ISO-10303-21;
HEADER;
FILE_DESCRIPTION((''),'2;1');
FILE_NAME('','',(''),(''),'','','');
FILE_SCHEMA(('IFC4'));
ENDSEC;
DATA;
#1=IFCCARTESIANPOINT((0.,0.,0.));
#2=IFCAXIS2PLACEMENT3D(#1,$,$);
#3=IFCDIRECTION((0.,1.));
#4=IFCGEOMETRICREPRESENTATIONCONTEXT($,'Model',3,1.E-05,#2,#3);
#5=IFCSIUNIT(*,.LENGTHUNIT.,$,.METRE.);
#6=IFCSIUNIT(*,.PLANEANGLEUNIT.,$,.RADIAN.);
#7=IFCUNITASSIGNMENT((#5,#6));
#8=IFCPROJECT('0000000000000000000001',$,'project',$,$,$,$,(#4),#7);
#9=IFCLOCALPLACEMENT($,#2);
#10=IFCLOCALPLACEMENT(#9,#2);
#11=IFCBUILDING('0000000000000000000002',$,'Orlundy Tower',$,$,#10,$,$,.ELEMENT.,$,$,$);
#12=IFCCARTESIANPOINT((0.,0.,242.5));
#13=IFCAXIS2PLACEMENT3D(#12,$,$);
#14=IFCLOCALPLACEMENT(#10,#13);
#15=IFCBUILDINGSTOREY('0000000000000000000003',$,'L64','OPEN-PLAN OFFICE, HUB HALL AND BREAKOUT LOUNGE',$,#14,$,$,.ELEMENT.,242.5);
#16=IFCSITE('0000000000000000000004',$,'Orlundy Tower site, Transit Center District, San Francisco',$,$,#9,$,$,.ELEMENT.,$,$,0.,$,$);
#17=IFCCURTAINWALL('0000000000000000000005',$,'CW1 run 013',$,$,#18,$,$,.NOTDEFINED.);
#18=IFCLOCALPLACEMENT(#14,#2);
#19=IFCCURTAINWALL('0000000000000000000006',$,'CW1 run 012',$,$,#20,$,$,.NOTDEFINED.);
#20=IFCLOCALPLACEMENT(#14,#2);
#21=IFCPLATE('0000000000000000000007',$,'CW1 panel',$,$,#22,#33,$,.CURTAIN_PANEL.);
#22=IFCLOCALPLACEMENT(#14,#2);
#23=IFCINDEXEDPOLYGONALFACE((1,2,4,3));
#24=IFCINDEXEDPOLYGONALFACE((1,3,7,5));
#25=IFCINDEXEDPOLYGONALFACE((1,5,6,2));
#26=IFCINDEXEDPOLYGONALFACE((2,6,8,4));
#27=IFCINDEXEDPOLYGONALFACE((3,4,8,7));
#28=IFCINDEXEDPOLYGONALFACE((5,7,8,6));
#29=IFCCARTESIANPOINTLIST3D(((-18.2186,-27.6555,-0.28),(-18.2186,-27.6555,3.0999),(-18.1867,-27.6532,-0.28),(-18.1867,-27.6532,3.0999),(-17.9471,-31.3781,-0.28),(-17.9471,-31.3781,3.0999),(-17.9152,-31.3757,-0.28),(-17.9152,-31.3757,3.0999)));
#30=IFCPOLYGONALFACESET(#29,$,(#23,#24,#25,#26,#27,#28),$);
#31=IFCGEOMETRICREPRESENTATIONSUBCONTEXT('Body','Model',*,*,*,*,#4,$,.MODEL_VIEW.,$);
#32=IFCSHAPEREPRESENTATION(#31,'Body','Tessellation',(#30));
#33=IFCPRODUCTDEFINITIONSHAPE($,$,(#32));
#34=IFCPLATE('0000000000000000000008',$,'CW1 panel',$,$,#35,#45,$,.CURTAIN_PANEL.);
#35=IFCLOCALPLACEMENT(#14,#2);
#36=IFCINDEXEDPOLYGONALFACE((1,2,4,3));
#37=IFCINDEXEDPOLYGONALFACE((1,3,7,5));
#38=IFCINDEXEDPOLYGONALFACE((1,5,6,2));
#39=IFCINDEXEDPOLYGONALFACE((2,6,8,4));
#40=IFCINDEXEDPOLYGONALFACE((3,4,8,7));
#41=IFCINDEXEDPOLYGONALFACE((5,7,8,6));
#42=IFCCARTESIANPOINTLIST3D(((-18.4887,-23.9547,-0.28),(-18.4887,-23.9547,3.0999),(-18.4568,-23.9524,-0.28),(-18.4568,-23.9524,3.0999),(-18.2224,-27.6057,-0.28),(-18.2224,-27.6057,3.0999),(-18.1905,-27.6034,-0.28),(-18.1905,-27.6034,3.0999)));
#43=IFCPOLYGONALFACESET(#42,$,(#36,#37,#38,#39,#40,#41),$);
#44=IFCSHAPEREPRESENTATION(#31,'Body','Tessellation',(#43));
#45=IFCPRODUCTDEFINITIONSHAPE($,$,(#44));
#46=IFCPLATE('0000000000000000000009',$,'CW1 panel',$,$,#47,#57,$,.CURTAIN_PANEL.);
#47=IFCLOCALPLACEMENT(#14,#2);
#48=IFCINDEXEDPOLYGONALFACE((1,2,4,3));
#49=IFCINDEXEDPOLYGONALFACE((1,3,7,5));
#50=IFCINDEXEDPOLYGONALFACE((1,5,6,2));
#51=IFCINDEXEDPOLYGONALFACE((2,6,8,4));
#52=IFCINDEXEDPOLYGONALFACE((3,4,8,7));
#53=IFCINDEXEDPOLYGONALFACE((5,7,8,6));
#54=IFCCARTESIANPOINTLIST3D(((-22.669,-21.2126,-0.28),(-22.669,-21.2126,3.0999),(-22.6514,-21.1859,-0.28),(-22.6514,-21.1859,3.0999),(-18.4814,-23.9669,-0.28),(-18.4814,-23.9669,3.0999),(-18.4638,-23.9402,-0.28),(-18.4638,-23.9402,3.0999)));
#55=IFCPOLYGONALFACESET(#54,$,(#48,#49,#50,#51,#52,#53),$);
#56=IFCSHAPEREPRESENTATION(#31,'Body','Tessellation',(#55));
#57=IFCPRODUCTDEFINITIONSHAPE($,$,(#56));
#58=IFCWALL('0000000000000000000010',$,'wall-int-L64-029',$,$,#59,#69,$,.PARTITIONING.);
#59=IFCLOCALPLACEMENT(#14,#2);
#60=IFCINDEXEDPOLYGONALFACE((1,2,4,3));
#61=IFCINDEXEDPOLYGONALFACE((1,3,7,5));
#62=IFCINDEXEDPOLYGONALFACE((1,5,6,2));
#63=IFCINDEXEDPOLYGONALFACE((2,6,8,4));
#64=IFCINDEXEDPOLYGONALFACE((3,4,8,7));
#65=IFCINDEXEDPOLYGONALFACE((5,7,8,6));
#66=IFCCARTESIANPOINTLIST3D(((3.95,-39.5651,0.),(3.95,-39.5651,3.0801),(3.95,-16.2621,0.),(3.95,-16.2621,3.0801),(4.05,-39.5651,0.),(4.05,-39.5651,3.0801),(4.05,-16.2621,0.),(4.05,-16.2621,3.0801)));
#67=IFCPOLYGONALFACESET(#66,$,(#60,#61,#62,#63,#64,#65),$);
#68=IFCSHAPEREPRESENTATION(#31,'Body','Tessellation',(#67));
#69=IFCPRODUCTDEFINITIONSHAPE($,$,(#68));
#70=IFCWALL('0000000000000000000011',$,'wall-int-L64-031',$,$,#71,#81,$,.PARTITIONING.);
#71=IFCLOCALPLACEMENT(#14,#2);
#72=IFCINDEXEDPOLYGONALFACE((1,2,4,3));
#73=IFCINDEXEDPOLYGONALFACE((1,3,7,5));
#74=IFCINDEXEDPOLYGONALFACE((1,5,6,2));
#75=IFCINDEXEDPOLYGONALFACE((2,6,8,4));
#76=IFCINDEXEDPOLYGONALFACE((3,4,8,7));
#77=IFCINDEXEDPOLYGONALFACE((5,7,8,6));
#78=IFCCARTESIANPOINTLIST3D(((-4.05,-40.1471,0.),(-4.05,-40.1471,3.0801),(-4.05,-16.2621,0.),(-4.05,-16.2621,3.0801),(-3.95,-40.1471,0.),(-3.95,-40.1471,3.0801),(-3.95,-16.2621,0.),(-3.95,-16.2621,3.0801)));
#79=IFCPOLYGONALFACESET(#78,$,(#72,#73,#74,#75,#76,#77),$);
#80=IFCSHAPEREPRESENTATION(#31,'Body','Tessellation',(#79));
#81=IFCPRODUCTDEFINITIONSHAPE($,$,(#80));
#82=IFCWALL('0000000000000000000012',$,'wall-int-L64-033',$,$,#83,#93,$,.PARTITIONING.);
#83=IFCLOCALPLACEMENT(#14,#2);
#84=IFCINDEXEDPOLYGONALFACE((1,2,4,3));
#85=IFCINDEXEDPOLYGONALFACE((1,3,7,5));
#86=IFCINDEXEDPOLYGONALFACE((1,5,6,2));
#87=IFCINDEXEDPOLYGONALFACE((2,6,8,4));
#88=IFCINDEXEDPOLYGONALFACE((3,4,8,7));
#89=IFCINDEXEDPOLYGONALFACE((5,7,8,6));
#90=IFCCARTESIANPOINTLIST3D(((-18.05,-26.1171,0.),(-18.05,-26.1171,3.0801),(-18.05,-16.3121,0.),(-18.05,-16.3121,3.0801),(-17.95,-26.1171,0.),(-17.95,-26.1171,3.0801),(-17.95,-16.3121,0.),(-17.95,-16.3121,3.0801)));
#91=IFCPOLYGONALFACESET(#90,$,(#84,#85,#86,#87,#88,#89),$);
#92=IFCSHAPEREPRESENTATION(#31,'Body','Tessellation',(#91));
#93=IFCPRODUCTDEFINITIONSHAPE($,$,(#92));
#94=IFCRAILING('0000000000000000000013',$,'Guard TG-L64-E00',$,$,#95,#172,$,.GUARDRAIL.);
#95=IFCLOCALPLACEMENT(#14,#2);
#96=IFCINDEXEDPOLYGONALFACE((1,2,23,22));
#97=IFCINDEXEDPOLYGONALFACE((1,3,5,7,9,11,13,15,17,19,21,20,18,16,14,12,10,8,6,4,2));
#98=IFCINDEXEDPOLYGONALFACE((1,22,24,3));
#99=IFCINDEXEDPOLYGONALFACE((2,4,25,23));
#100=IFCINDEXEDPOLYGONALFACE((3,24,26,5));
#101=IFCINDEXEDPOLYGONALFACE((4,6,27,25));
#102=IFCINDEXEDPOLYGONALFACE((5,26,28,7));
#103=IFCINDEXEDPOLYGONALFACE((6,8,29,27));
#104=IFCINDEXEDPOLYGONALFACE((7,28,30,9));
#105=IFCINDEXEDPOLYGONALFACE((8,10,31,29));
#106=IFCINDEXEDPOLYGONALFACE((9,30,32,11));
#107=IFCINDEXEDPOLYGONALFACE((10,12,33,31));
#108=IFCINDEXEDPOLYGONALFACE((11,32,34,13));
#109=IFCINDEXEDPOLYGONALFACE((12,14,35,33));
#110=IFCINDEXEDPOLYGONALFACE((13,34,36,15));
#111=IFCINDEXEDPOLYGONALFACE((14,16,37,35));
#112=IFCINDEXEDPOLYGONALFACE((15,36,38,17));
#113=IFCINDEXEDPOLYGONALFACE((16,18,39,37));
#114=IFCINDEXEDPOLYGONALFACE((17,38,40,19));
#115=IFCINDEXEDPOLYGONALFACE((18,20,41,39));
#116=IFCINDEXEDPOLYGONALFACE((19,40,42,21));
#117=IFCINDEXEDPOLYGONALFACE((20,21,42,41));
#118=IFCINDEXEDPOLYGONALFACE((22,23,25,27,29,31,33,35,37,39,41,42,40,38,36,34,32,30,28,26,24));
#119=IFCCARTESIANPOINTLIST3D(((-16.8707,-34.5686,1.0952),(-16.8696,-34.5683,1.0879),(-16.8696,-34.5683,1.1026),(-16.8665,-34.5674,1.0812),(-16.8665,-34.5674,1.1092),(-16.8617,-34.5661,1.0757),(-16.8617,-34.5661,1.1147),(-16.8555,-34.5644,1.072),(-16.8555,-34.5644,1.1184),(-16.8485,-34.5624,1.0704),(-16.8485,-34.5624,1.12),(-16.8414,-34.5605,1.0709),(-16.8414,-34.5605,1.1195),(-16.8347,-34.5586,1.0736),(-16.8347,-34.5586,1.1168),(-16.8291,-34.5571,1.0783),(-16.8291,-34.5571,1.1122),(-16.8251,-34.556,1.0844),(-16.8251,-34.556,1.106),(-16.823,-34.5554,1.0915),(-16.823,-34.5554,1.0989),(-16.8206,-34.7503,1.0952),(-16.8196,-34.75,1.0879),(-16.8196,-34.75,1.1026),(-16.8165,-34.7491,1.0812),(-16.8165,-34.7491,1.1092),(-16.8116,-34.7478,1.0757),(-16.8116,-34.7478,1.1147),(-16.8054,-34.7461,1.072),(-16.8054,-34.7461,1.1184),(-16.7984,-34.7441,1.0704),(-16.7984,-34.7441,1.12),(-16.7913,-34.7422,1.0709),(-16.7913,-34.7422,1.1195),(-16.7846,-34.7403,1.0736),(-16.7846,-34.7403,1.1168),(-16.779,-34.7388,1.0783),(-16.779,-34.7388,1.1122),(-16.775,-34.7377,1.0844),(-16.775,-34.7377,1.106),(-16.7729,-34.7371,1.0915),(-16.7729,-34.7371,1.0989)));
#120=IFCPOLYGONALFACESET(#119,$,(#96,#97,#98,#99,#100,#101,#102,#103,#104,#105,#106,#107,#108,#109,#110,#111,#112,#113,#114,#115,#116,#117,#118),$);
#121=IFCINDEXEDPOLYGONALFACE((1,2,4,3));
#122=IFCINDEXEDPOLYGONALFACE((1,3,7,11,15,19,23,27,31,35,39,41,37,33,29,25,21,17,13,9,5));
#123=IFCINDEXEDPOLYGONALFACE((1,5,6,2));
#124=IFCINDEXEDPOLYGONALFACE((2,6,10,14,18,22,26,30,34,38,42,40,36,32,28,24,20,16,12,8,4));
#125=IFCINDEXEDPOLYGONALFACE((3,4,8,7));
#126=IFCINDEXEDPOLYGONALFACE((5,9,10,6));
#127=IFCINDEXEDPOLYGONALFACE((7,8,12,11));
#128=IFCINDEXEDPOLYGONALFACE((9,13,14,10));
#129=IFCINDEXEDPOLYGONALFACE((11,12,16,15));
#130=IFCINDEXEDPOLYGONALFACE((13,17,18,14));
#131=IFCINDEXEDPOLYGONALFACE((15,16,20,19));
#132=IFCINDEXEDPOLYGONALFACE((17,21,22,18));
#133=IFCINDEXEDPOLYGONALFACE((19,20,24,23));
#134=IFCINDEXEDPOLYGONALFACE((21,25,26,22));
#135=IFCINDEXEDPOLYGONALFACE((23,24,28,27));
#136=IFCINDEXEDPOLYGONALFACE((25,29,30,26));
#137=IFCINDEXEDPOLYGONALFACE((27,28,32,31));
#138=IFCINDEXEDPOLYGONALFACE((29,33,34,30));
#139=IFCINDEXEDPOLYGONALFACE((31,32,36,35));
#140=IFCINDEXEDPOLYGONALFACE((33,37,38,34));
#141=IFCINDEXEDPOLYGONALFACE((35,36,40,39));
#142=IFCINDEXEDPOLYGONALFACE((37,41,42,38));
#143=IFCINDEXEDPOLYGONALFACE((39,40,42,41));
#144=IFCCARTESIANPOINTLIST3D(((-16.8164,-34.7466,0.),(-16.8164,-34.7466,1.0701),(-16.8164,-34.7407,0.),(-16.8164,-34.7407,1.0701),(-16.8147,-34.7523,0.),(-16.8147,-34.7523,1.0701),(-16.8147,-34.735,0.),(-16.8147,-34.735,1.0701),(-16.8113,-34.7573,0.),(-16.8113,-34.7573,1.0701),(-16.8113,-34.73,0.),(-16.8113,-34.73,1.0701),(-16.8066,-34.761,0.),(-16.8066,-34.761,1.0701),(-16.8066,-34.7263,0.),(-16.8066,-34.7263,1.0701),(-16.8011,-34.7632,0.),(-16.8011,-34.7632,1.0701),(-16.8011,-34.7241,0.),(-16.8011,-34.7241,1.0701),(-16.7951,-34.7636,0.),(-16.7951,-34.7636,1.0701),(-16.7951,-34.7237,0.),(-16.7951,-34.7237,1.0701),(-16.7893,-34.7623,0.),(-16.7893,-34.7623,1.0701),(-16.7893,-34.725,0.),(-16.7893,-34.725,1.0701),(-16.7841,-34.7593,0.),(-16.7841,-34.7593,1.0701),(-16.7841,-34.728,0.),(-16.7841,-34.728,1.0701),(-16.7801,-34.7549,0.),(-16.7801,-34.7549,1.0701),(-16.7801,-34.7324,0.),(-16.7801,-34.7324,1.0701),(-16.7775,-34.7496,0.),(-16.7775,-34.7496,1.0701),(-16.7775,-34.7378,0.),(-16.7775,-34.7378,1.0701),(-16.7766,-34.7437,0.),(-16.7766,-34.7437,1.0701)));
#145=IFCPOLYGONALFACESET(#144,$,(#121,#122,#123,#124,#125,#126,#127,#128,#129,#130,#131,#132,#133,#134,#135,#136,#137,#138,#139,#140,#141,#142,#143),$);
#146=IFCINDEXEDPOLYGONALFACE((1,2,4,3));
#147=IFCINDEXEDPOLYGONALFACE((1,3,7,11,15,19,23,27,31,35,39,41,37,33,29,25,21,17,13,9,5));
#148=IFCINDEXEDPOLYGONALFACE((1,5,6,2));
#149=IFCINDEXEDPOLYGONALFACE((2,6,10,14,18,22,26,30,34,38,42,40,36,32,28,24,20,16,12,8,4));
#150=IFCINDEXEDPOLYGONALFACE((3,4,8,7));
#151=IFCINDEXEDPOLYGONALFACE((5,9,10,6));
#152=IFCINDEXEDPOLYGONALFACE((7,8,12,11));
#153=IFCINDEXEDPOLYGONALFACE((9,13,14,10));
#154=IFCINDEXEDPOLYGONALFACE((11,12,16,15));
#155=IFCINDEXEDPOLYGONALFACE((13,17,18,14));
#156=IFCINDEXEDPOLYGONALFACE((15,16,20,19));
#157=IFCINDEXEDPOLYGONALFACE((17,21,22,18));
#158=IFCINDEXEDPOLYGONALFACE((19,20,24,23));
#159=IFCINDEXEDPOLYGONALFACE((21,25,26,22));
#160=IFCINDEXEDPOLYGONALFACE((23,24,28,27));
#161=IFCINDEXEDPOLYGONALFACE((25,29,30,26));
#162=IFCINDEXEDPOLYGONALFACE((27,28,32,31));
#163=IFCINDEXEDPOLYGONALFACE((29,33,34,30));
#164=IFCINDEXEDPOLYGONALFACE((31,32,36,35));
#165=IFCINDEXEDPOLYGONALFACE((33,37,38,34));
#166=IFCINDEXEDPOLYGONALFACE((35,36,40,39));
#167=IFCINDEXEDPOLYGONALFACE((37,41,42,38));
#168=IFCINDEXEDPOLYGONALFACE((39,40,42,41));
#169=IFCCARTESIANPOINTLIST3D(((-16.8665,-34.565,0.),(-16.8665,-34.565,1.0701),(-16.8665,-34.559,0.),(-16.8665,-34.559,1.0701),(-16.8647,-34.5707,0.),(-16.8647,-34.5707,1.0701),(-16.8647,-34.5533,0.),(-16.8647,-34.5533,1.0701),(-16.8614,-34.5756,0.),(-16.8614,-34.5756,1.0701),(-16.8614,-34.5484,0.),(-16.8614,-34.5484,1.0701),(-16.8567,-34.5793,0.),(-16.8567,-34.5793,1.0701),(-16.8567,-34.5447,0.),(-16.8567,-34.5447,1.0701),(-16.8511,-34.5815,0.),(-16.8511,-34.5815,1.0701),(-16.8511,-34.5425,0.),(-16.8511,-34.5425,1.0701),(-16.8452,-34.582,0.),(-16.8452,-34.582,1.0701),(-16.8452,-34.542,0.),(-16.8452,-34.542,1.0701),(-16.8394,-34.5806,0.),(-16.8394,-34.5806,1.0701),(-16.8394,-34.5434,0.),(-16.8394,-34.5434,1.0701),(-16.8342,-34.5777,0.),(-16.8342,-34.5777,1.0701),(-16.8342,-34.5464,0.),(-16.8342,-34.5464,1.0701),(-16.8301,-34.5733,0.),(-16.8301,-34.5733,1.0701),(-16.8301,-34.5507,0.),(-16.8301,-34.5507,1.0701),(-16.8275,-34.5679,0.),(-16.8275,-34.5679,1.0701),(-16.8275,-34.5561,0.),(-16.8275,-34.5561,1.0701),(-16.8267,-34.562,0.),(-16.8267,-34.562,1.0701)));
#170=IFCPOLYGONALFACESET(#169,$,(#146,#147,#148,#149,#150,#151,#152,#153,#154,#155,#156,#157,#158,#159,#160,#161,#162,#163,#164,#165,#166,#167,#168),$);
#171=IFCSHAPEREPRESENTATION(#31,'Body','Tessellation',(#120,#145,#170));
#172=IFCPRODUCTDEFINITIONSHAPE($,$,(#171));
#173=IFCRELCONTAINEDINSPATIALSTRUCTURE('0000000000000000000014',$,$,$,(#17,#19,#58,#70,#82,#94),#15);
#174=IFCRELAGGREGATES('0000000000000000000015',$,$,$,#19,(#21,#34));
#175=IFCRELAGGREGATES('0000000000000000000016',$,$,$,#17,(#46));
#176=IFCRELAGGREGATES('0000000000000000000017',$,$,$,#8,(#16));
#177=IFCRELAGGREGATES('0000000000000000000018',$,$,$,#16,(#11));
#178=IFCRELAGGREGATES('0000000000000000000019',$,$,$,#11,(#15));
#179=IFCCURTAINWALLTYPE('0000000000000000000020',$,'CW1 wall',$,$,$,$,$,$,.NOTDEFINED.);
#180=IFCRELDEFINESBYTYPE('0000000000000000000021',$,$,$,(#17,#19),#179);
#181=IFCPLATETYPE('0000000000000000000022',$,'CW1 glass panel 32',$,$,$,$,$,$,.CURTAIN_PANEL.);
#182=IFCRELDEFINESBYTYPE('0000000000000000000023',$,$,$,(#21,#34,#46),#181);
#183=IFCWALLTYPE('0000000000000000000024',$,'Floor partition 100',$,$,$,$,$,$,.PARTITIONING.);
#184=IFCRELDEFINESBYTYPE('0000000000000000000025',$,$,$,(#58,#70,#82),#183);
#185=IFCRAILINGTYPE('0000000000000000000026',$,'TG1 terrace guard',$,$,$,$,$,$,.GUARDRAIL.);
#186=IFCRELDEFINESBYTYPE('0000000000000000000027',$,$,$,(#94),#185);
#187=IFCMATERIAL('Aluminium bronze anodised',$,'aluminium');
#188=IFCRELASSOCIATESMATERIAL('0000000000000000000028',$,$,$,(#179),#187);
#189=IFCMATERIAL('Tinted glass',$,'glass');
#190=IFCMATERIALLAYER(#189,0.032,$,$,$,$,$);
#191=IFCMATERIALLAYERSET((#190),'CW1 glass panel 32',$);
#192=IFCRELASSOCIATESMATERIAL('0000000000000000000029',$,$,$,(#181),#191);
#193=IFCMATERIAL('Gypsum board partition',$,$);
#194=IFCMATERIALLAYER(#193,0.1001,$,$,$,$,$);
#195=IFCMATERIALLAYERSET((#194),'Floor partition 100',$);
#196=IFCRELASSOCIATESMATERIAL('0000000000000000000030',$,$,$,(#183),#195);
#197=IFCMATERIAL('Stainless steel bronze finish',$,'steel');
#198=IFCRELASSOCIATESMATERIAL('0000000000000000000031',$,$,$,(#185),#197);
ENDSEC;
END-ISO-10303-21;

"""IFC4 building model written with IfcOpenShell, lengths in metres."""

from ifc_helpers import new_model, si_unit, direction, frame, frame_2d, origin, origin_2d, place, context, subcontext, project, spatial, rectangle, circle, extrude, material, layer, layer_set, type_object, element, aggregate, save


model = new_model("IFC4")

# Units and contexts
model_context = context("Model", 3, precision=1e-05, world=origin(), true_north=direction((0.0, 1.0)))
body_context = subcontext(model_context, "Body", "Model", "MODEL_VIEW")
ifc_project = project(units=[si_unit("LENGTHUNIT", "METRE"), si_unit("PLANEANGLEUNIT", "RADIAN")], contexts=[model_context])

# Site, building, storey
site_placement = place(None, origin())
site = spatial("IfcSite", under=ifc_project, at=site_placement, Name="Orlundy Tower site, Transit Center District, San Francisco", CompositionType="ELEMENT", RefElevation=0.0)
building_placement = place(site_placement, origin())
building = spatial("IfcBuilding", under=site, at=building_placement, Name="Orlundy Tower", CompositionType="ELEMENT")
storey_placement = place(building_placement, frame((0.0, 0.0, 242.5)))
storey = spatial("IfcBuildingStorey", under=building, at=storey_placement, Name="L64", Description="OPEN-PLAN OFFICE, HUB HALL AND BREAKOUT LOUNGE", CompositionType="ELEMENT", Elevation=242.5)

# Curtain wall
ifc_material_1 = material(Name="Aluminium bronze anodised", Category="aluminium")
curtain_wall_type = type_object("IfcCurtainWallType", Name="CW1 wall", PredefinedType="NOTDEFINED", material=ifc_material_1)
curtain_wall_1_placement = place(storey_placement, origin())
curtain_wall_1 = element("IfcCurtainWall", 1, at=curtain_wall_1_placement, inside=storey, type_object=curtain_wall_type, Name="CW1 run 013", PredefinedType="NOTDEFINED")

# Curtain wall
curtain_wall_2_placement = place(storey_placement, origin())
curtain_wall_2 = element("IfcCurtainWall", 2, at=curtain_wall_2_placement, inside=storey, type_object=curtain_wall_type, Name="CW1 run 012", PredefinedType="NOTDEFINED")

# Plates
ifc_material_2 = material(Name="Tinted glass", Category="glass")
ifc_layer_1 = layer(ifc_material_2, 0.032)
ifc_layer_set_1 = layer_set([ifc_layer_1], Name="CW1 glass panel 32")
plate_type = type_object("IfcPlateType", Name="CW1 glass panel 32", PredefinedType="CURTAIN_PANEL", material=ifc_layer_set_1)
plate_1_placement = place(storey_placement, frame((-18.0669, -29.5156, -0.28), z_axis=(0.0, 0.0, 1.0), x_axis=(-0.072747, 0.99735, 0.0)))
plate_1 = element("IfcPlate", 3, at=plate_1_placement, type_object=plate_type, Name="CW1 panel", PredefinedType="CURTAIN_PANEL", context=body_context, shape_type="SweptSolid", body=[
    extrude(rectangle(XDim=3.7324, YDim=0.032, at=origin_2d()), origin(), (0.0, 0.0, 1.0), 3.3799),
])
plate_2_placement = place(storey_placement, frame((-18.3396, -25.7791, -0.28), z_axis=(0.0, 0.0, 1.0), x_axis=(-0.072747, 0.99735, 0.0)))
plate_2 = element("IfcPlate", 4, at=plate_2_placement, type_object=plate_type, Name="CW1 panel", PredefinedType="CURTAIN_PANEL", context=body_context, shape_type="SweptSolid", body=[
    extrude(rectangle(XDim=3.6606, YDim=0.032, at=origin_2d()), origin(), (0.0, 0.0, 1.0), 3.3799),
])
aggregate(curtain_wall_2, [plate_1, plate_2])
plate_3_placement = place(storey_placement, frame((-20.5664, -22.5764, -0.28), z_axis=(0.0, 0.0, 1.0), x_axis=(-0.835476, 0.549527, 0.0)))
plate_3 = element("IfcPlate", 5, at=plate_3_placement, type_object=plate_type, Name="CW1 panel", PredefinedType="CURTAIN_PANEL", context=body_context, shape_type="SweptSolid", body=[
    extrude(rectangle(XDim=5.0122, YDim=0.032, at=origin_2d()), origin(), (0.0, 0.0, 1.0), 3.3799),
])
aggregate(curtain_wall_1, [plate_3])

# Walls
ifc_material_3 = material(Name="Gypsum board partition")
ifc_layer_2 = layer(ifc_material_3, 0.1001)
ifc_layer_set_2 = layer_set([ifc_layer_2], Name="Floor partition 100")
wall_type = type_object("IfcWallType", Name="Floor partition 100", PredefinedType="PARTITIONING", material=ifc_layer_set_2)
wall_1_placement = place(storey_placement, frame((4.0, -39.5649, 0.0), z_axis=(0.0, 0.0, 1.0), x_axis=(0.0, 1.0, 0.0)))
element("IfcWall", 6, at=wall_1_placement, inside=storey, type_object=wall_type, Name="wall-int-L64-029", PredefinedType="PARTITIONING", context=body_context, shape_type="SweptSolid", body=[
    extrude(rectangle(XDim=23.303, YDim=0.1001, at=frame_2d((11.6514, 0.0))), origin(), (0.0, 0.0, 1.0), 3.0801),
])
wall_2_placement = place(storey_placement, frame((-4.0, -40.147, 0.0), z_axis=(0.0, 0.0, 1.0), x_axis=(0.0, 1.0, 0.0)))
element("IfcWall", 7, at=wall_2_placement, inside=storey, type_object=wall_type, Name="wall-int-L64-031", PredefinedType="PARTITIONING", context=body_context, shape_type="SweptSolid", body=[
    extrude(rectangle(XDim=23.885, YDim=0.1001, at=frame_2d((11.9424, 0.0))), origin(), (0.0, 0.0, 1.0), 3.0801),
])
wall_3_placement = place(storey_placement, frame((-18.0, -26.1169, 0.0), z_axis=(0.0, 0.0, 1.0), x_axis=(0.0, 1.0, 0.0)))
element("IfcWall", 8, at=wall_3_placement, inside=storey, type_object=wall_type, Name="wall-int-L64-033", PredefinedType="PARTITIONING", context=body_context, shape_type="SweptSolid", body=[
    extrude(rectangle(XDim=9.8049, YDim=0.1001, at=frame_2d((4.9023, 0.0))), origin(), (0.0, 0.0, 1.0), 3.0801),
])

# Railing
ifc_material_4 = material(Name="Stainless steel bronze finish", Category="steel")
railing_type = type_object("IfcRailingType", Name="TG1 terrace guard", PredefinedType="GUARDRAIL", material=ifc_material_4)
railing_placement = place(storey_placement, frame((-16.7966, -34.7437, 0.0)))
element("IfcRailing", 9, at=railing_placement, inside=storey, type_object=railing_type, Name="Guard TG-L64-E00", PredefinedType="GUARDRAIL", context=body_context, shape_type="SweptSolid", body=[
    extrude(circle(Radius=0.0249, at=origin_2d()), frame((0.0, 0.0, 1.0952), z_axis=(-0.265638, 0.964073, 0.0), x_axis=(-0.964073, -0.265638, 0.0)), (0.0, 0.0, 1.0), 0.1885),
    extrude(circle(Radius=0.02, at=origin_2d()), origin(), (0.0, 0.0, 1.0), 1.0701),
    extrude(circle(Radius=0.02, at=origin_2d()), frame((-0.05, 0.1816, 0.0)), (0.0, 0.0, 1.0), 1.0701),
])

save(model, "model.ifc")
